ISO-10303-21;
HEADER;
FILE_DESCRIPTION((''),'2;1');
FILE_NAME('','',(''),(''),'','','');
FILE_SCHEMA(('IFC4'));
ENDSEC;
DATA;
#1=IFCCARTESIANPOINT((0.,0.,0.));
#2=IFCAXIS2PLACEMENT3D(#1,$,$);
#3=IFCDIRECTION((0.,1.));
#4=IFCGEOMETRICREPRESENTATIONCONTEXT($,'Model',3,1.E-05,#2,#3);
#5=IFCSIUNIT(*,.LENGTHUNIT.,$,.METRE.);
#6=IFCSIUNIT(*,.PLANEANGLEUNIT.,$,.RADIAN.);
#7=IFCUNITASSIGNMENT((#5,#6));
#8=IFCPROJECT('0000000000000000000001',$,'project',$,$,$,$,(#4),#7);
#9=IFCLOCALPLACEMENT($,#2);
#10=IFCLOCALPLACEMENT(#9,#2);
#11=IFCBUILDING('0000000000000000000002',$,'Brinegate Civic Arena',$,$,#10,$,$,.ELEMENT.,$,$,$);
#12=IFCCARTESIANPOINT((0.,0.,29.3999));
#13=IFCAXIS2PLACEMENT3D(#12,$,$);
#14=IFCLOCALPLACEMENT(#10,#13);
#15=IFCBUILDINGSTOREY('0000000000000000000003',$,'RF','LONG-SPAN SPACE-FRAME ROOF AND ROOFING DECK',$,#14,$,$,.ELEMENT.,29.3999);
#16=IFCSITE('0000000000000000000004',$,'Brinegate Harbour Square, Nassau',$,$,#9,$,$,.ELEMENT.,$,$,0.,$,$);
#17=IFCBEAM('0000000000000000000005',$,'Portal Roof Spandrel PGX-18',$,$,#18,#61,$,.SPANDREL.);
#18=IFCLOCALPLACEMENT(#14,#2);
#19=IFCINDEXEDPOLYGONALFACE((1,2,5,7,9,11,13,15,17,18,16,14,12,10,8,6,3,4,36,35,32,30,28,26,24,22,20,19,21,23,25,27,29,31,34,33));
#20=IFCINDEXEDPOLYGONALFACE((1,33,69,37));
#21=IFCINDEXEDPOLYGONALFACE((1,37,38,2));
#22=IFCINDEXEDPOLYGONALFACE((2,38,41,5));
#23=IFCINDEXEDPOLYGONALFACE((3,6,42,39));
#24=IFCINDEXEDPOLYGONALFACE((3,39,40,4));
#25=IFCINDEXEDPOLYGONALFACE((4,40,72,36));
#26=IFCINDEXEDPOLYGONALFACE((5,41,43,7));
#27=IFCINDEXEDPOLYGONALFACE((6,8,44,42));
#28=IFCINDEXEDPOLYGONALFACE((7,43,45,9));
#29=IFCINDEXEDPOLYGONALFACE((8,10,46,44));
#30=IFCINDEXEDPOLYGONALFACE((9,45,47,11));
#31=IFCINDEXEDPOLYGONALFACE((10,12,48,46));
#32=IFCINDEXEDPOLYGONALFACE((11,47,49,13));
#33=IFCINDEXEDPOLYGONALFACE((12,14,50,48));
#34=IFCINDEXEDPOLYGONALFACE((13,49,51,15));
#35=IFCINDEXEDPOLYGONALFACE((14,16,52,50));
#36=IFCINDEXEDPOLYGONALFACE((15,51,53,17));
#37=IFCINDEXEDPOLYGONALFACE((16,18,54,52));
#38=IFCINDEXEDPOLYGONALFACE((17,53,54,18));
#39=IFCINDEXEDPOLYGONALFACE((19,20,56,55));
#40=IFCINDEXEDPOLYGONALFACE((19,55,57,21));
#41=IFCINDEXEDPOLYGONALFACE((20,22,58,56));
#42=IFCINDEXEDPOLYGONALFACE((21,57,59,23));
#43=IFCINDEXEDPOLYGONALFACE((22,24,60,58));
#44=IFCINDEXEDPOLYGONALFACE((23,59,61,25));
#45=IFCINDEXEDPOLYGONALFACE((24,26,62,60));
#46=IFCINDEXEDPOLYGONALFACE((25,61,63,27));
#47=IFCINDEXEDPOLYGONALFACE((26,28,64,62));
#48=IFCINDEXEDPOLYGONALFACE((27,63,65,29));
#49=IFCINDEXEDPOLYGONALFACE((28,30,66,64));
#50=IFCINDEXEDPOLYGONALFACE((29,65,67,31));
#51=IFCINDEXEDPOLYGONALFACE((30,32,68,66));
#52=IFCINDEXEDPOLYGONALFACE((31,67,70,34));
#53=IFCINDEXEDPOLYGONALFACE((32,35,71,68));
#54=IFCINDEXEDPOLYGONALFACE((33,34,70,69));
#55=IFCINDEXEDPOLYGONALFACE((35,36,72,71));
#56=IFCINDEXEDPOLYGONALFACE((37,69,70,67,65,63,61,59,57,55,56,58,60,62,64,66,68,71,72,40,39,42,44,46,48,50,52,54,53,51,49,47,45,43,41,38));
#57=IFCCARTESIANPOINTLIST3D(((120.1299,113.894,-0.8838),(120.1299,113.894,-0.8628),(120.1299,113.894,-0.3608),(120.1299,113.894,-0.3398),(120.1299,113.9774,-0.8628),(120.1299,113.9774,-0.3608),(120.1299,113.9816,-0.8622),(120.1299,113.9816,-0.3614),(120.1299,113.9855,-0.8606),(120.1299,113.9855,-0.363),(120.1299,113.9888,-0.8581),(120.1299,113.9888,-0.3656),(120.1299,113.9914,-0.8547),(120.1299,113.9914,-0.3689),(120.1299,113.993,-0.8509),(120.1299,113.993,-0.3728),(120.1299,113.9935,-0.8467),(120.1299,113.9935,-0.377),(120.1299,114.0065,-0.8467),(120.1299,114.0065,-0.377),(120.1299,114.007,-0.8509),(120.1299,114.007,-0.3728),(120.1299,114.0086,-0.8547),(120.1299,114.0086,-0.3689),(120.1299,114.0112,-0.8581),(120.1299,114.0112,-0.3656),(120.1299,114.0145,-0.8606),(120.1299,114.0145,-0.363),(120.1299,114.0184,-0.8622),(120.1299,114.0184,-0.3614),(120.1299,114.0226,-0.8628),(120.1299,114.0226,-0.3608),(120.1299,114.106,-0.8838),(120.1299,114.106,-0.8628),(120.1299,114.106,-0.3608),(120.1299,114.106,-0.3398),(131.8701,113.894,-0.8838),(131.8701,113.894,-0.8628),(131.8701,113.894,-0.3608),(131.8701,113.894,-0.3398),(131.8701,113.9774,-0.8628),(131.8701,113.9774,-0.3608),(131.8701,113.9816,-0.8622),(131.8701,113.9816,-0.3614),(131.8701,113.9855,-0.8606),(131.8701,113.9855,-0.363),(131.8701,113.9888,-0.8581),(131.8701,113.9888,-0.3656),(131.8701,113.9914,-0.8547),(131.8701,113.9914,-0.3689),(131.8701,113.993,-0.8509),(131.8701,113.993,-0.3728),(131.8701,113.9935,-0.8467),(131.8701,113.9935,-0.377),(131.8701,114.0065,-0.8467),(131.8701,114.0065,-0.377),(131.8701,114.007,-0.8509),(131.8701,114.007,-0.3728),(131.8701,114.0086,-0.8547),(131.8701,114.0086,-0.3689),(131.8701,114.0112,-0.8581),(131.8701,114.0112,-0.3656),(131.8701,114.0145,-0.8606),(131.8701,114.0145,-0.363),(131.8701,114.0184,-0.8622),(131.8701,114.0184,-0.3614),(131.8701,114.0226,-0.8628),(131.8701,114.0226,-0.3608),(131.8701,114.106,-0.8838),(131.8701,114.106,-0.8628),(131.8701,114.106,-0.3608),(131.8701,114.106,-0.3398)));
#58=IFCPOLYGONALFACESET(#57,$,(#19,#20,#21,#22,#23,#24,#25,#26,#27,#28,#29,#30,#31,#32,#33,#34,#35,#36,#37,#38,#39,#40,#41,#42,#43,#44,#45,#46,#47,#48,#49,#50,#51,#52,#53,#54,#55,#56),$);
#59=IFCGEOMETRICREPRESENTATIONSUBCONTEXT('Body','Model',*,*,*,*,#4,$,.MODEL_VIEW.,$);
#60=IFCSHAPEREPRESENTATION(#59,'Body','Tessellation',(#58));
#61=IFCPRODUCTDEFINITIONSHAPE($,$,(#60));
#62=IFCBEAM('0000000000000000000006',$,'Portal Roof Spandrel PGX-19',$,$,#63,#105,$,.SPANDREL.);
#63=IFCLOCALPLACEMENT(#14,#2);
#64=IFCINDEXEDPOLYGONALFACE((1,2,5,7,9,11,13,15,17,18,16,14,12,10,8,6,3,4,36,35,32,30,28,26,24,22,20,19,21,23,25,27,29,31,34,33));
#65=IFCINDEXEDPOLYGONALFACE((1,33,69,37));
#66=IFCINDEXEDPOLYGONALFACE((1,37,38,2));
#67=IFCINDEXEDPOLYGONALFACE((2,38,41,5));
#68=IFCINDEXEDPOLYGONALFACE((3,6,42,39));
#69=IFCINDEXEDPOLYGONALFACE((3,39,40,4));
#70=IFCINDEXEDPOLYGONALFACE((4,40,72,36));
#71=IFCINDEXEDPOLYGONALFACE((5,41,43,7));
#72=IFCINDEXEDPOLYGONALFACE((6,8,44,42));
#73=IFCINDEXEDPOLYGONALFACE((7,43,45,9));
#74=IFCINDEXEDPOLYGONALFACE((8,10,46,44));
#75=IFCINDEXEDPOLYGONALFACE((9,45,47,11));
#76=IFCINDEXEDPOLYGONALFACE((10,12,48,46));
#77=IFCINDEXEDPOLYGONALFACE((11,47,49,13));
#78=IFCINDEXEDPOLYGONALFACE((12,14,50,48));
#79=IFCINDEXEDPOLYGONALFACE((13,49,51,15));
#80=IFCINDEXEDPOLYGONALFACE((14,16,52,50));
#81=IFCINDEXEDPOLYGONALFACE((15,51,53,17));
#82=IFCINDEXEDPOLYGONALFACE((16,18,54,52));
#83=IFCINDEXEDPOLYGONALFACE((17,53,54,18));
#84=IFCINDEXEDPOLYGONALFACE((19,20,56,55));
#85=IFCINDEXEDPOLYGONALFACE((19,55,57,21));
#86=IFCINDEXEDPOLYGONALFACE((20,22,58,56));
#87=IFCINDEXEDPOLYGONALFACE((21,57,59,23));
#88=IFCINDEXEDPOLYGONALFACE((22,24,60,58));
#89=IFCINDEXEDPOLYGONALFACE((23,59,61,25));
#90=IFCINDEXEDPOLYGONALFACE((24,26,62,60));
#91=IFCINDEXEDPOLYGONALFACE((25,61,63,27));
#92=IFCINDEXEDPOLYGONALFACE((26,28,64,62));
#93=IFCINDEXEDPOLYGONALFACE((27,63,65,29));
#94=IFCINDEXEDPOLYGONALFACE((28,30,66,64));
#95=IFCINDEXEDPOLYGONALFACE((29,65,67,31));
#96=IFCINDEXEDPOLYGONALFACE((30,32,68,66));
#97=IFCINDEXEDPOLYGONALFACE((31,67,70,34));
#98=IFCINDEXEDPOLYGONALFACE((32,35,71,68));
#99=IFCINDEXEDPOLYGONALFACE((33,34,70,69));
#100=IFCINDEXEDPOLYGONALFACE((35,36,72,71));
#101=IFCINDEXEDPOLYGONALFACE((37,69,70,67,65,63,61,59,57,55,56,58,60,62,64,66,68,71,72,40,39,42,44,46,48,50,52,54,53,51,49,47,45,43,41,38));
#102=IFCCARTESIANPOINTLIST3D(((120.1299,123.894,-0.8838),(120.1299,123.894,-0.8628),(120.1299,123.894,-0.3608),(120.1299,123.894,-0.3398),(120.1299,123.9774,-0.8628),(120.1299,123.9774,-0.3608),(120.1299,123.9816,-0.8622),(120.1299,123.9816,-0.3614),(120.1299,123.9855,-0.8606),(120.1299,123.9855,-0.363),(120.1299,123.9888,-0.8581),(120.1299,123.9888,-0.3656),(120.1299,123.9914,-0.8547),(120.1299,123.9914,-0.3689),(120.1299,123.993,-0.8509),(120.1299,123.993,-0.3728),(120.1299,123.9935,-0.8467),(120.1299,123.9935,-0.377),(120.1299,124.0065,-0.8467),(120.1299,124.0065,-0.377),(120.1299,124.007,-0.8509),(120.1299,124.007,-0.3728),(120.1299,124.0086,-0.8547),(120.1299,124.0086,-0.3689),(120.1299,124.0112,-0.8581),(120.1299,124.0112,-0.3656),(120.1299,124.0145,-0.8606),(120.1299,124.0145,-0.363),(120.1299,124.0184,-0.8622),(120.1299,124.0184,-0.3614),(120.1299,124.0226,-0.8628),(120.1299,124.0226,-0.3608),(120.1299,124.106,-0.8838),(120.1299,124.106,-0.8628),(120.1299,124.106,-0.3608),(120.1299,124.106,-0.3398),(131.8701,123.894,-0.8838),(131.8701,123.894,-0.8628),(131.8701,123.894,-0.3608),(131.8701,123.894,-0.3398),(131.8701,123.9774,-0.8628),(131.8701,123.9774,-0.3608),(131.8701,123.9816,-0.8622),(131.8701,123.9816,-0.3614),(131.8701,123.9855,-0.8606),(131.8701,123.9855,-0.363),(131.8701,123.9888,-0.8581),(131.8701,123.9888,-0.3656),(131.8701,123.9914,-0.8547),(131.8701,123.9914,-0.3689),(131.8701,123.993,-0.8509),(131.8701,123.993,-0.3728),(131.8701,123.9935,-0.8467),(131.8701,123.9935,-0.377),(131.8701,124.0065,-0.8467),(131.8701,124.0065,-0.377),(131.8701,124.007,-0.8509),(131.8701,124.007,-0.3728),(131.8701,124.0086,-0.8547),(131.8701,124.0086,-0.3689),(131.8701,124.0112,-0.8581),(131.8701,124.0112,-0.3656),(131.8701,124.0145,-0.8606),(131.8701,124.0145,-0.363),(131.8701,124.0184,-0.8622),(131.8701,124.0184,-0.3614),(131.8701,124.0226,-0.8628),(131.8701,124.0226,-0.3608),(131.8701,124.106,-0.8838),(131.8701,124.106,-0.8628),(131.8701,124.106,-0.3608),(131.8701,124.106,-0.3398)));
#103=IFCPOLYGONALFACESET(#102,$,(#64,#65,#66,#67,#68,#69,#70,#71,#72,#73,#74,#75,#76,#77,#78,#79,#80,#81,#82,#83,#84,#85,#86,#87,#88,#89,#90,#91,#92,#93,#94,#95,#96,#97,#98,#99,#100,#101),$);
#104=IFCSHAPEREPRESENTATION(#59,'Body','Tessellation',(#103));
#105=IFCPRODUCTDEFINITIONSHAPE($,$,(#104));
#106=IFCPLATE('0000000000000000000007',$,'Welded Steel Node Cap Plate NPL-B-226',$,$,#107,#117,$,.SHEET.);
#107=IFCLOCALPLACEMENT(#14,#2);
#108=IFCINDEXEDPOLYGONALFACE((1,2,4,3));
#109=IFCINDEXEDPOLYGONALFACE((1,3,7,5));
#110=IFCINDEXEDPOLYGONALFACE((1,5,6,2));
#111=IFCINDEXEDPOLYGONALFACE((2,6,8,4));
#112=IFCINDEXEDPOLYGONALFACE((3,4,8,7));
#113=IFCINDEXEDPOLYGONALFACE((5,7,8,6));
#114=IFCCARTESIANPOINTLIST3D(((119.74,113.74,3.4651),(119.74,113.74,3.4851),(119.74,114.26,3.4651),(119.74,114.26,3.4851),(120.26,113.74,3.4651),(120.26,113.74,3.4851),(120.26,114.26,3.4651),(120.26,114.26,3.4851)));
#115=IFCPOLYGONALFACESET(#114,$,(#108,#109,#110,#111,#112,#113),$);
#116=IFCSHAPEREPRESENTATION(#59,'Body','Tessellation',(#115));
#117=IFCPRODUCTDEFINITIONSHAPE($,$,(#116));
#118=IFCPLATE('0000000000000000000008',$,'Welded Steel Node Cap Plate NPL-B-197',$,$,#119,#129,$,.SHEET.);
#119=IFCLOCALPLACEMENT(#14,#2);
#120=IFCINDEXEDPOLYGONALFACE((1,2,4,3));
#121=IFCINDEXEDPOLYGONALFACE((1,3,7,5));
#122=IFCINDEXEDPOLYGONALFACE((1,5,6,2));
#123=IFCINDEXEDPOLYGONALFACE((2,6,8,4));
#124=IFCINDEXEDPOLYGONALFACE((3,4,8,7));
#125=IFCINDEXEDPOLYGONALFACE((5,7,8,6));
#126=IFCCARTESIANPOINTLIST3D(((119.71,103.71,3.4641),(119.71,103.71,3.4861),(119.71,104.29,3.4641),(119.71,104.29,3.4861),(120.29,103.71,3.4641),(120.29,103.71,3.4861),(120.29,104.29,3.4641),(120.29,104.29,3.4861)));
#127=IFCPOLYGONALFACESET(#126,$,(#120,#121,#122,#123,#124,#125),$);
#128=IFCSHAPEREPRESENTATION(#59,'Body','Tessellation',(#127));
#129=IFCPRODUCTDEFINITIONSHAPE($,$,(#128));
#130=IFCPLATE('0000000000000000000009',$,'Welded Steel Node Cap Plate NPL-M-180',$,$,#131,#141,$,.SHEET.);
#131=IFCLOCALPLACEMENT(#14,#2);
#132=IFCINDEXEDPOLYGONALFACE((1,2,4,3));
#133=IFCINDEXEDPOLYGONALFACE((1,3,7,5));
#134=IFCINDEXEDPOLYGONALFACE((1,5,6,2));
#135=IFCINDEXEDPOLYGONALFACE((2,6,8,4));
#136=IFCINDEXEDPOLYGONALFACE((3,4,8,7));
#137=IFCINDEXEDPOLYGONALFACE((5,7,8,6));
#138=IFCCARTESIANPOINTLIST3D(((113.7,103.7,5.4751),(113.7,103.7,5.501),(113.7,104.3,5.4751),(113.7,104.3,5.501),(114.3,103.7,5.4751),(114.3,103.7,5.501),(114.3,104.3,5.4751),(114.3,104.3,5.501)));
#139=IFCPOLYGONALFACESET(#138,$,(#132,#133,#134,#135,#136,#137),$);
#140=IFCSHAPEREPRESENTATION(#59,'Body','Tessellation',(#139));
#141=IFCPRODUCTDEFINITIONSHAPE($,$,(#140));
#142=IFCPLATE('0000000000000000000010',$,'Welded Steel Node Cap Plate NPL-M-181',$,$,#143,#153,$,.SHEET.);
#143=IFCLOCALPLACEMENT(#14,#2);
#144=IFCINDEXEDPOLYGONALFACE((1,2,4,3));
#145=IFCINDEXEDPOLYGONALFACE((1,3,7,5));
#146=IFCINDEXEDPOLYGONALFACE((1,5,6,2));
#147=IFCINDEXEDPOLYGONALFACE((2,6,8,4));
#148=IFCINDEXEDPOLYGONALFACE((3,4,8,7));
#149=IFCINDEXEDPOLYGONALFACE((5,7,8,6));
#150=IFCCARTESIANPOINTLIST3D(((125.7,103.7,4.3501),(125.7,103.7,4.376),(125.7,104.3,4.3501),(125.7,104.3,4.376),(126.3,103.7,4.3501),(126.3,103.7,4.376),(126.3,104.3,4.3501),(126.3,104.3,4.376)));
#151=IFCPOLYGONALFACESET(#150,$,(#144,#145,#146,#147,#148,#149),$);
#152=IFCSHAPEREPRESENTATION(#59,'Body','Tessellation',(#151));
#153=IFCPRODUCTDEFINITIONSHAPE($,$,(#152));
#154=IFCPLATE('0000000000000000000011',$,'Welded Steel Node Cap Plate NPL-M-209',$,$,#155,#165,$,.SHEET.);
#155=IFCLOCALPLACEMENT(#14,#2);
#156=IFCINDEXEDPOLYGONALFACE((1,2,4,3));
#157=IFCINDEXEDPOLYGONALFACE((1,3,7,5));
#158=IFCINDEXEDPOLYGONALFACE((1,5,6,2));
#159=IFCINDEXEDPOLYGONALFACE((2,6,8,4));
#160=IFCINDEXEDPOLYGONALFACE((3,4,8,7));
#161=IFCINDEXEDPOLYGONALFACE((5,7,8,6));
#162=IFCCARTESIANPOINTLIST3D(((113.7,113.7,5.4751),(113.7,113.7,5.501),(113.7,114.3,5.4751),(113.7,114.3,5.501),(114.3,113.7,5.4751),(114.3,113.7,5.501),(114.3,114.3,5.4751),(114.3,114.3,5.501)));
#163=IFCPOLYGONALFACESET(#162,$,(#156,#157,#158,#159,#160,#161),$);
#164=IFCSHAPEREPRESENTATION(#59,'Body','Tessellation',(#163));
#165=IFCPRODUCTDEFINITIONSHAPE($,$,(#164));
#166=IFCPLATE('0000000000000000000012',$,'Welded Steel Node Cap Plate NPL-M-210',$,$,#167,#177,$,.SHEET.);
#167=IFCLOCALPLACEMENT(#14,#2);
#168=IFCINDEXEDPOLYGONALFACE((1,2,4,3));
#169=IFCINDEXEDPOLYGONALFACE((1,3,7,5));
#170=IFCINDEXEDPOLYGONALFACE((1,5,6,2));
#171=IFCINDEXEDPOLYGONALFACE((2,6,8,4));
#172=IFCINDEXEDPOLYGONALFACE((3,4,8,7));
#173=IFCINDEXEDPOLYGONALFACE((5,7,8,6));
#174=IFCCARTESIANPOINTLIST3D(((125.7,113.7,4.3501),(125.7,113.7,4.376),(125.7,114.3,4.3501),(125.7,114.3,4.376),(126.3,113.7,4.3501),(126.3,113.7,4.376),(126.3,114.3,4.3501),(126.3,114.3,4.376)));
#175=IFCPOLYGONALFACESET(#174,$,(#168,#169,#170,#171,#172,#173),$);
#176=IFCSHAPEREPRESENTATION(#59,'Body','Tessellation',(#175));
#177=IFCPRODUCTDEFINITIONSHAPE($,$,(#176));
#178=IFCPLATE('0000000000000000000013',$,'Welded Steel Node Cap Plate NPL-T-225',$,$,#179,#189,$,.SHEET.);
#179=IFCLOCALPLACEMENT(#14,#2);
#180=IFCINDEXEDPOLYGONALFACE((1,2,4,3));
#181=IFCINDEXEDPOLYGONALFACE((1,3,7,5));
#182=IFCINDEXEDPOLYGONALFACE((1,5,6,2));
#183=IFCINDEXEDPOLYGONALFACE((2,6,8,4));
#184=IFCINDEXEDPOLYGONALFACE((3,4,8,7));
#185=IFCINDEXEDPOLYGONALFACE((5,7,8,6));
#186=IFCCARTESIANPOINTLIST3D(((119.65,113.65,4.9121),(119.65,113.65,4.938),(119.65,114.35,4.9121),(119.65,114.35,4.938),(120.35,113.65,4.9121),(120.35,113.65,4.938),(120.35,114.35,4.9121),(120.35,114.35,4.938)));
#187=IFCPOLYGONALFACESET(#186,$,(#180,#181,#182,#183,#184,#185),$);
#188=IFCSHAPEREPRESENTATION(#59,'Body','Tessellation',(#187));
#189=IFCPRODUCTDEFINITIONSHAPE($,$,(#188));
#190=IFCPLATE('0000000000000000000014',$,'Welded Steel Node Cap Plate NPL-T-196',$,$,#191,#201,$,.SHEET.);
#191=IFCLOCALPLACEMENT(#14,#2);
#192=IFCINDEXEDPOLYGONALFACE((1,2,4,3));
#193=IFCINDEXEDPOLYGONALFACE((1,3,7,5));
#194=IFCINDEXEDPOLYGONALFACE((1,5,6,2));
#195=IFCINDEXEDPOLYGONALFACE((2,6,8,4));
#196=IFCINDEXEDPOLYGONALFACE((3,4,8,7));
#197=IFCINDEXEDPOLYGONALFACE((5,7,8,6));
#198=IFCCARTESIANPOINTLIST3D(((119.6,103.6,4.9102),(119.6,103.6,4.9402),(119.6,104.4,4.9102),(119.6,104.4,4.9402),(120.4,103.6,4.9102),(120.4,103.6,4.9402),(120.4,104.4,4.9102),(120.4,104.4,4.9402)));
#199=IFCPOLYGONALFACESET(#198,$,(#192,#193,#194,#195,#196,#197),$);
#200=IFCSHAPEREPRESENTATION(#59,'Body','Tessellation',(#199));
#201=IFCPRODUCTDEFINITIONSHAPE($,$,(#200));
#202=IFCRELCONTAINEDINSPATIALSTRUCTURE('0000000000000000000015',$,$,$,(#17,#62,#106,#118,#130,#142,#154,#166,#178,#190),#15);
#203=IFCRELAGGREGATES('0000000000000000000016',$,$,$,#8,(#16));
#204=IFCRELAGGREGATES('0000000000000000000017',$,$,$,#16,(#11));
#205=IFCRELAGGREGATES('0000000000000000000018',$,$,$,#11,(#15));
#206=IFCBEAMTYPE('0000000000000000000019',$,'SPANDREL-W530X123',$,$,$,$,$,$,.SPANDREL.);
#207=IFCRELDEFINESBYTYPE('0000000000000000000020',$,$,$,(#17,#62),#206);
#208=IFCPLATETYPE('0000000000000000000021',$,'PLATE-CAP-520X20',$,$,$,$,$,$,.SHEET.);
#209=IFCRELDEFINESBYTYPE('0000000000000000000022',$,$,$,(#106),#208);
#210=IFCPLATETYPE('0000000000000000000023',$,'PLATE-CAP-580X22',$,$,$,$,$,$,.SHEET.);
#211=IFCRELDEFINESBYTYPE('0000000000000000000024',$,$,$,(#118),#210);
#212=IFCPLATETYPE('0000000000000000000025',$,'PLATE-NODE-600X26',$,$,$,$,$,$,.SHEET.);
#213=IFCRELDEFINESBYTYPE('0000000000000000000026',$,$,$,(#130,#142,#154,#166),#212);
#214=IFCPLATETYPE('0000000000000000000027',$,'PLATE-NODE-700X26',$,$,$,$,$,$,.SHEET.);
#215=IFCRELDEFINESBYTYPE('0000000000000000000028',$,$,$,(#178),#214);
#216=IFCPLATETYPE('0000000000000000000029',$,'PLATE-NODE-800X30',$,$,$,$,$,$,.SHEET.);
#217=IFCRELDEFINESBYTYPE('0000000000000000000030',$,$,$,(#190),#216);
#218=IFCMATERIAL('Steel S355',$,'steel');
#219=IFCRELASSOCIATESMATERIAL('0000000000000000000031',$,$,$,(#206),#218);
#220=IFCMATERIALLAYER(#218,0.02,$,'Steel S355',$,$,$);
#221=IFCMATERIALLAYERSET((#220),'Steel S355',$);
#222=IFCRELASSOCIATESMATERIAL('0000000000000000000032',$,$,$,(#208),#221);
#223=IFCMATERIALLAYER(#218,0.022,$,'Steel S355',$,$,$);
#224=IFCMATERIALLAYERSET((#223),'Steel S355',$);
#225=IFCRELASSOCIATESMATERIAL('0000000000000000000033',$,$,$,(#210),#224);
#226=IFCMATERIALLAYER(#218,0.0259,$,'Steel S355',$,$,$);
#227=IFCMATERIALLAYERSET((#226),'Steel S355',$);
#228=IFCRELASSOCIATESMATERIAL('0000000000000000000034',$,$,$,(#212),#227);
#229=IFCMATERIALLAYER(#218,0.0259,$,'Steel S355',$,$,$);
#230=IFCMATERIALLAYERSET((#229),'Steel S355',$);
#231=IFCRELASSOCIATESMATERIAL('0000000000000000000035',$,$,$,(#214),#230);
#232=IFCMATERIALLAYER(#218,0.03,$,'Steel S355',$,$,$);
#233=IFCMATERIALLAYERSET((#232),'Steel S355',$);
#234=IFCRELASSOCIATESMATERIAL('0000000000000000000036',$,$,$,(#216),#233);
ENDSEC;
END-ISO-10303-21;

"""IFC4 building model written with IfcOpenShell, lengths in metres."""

from ifc_helpers import new_model, si_unit, direction, frame, origin, origin_2d, place, context, subcontext, project, spatial, rectangle, i_section, extrude, material, layer, layer_set, material_profile, profile_set, type_object, element, save


model = new_model("IFC4")

# Units and contexts
model_context = context("Model", 3, precision=1e-05, world=origin(), true_north=direction((0.0, 1.0)))
body_context = subcontext(model_context, "Body", "Model", "MODEL_VIEW")
ifc_project = project(units=[si_unit("LENGTHUNIT", "METRE"), si_unit("PLANEANGLEUNIT", "RADIAN")], contexts=[model_context])

# Site, building, storey
site_placement = place(None, origin())
site = spatial("IfcSite", under=ifc_project, at=site_placement, Name="Brinegate Harbour Square, Nassau", CompositionType="ELEMENT", RefElevation=0.0)
building_placement = place(site_placement, origin())
building = spatial("IfcBuilding", under=site, at=building_placement, Name="Brinegate Civic Arena", CompositionType="ELEMENT")
storey_placement = place(building_placement, frame((0.0, 0.0, 29.3999)))
storey = spatial("IfcBuildingStorey", under=building, at=storey_placement, Name="RF", Description="LONG-SPAN SPACE-FRAME ROOF AND ROOFING DECK", CompositionType="ELEMENT", Elevation=29.3999)

# Shared definitions
ifc_material_1 = material(Name="Steel S355", Category="steel")

# Beams
ifc_material_profile_1 = material_profile(ifc_material_1, i_section(OverallWidth=0.2119, OverallDepth=0.5439, WebThickness=0.0129, FlangeThickness=0.021, FilletRadius=0.0161, at=origin_2d()), Name="W530X123")
ifc_profile_set_1 = profile_set([ifc_material_profile_1], Name="Steel S355")
beam_type_1 = type_object("IfcBeamType", Name="SPANDREL-W530X123", PredefinedType="SPANDREL", material=ifc_profile_set_1)
for number, where, z_axis, x_axis, name in (
    (1, (120.1299, 114.0, -0.6118), (1.0, 0.0, 0.0), (0.0, 1.0, 0.0), "Portal Roof Spandrel PGX-18"),
    (2, (120.1299, 124.0, -0.6118), (1.0, 0.0, 0.0), (0.0, 1.0, 0.0), "Portal Roof Spandrel PGX-19"),
):
    element("IfcBeam", number, at=place(storey_placement, frame(where, z_axis=z_axis, x_axis=x_axis)), inside=storey, type_object=beam_type_1, Name=name, PredefinedType="SPANDREL", context=body_context, shape_type="SweptSolid", body=[
        extrude(i_section(OverallWidth=0.2119, OverallDepth=0.5439, WebThickness=0.0129, FlangeThickness=0.021, FilletRadius=0.0161, at=origin_2d()), origin(), (0.0, 0.0, 1.0), 11.7402),
    ])

# Plates
ifc_layer_1 = layer(ifc_material_1, 0.02, Name="Steel S355")
ifc_layer_set_1 = layer_set([ifc_layer_1], Name="Steel S355")
plate_type_1 = type_object("IfcPlateType", Name="PLATE-CAP-520X20", PredefinedType="SHEET", material=ifc_layer_set_1)
plate_1_placement = place(storey_placement, frame((120.0, 114.0, 3.4651), z_axis=(0.0, 0.0, 1.0), x_axis=(1.0, 0.0, 0.0)))
element("IfcPlate", 3, at=plate_1_placement, inside=storey, type_object=plate_type_1, Name="Welded Steel Node Cap Plate NPL-B-226", PredefinedType="SHEET", context=body_context, shape_type="SweptSolid", body=[
    extrude(rectangle(XDim=0.52, YDim=0.52, at=origin_2d()), origin(), (0.0, 0.0, 1.0), 0.02),
])
ifc_layer_2 = layer(ifc_material_1, 0.022, Name="Steel S355")
ifc_layer_set_2 = layer_set([ifc_layer_2], Name="Steel S355")
plate_type_2 = type_object("IfcPlateType", Name="PLATE-CAP-580X22", PredefinedType="SHEET", material=ifc_layer_set_2)
plate_2_placement = place(storey_placement, frame((120.0, 104.0, 3.4641), z_axis=(0.0, 0.0, 1.0), x_axis=(1.0, 0.0, 0.0)))
element("IfcPlate", 4, at=plate_2_placement, inside=storey, type_object=plate_type_2, Name="Welded Steel Node Cap Plate NPL-B-197", PredefinedType="SHEET", context=body_context, shape_type="SweptSolid", body=[
    extrude(rectangle(XDim=0.5801, YDim=0.5801, at=origin_2d()), origin(), (0.0, 0.0, 1.0), 0.022),
])
ifc_layer_3 = layer(ifc_material_1, 0.0259, Name="Steel S355")
ifc_layer_set_3 = layer_set([ifc_layer_3], Name="Steel S355")
plate_type_3 = type_object("IfcPlateType", Name="PLATE-NODE-600X26", PredefinedType="SHEET", material=ifc_layer_set_3)
for number, where, z_axis, x_axis, name in (
    (5, (114.0, 104.0, 5.4751), (0.0, 0.0, 1.0), (1.0, 0.0, 0.0), "Welded Steel Node Cap Plate NPL-M-180"),
    (6, (126.0, 104.0, 4.3501), (0.0, 0.0, 1.0), (1.0, 0.0, 0.0), "Welded Steel Node Cap Plate NPL-M-181"),
    (7, (114.0, 114.0, 5.4751), (0.0, 0.0, 1.0), (1.0, 0.0, 0.0), "Welded Steel Node Cap Plate NPL-M-209"),
    (8, (126.0, 114.0, 4.3501), (0.0, 0.0, 1.0), (1.0, 0.0, 0.0), "Welded Steel Node Cap Plate NPL-M-210"),
):
    element("IfcPlate", number, at=place(storey_placement, frame(where, z_axis=z_axis, x_axis=x_axis)), inside=storey, type_object=plate_type_3, Name=name, PredefinedType="SHEET", context=body_context, shape_type="SweptSolid", body=[
        extrude(rectangle(XDim=0.6001, YDim=0.6001, at=origin_2d()), origin(), (0.0, 0.0, 1.0), 0.0259),
    ])
ifc_layer_4 = layer(ifc_material_1, 0.0259, Name="Steel S355")
ifc_layer_set_4 = layer_set([ifc_layer_4], Name="Steel S355")
plate_type_4 = type_object("IfcPlateType", Name="PLATE-NODE-700X26", PredefinedType="SHEET", material=ifc_layer_set_4)
plate_3_placement = place(storey_placement, frame((120.0, 114.0, 4.9121), z_axis=(0.0, 0.0, 1.0), x_axis=(1.0, 0.0, 0.0)))
element("IfcPlate", 9, at=plate_3_placement, inside=storey, type_object=plate_type_4, Name="Welded Steel Node Cap Plate NPL-T-225", PredefinedType="SHEET", context=body_context, shape_type="SweptSolid", body=[
    extrude(rectangle(XDim=0.7, YDim=0.7, at=origin_2d()), origin(), (0.0, 0.0, 1.0), 0.0259),
])
ifc_layer_5 = layer(ifc_material_1, 0.03, Name="Steel S355")
ifc_layer_set_5 = layer_set([ifc_layer_5], Name="Steel S355")
plate_type_5 = type_object("IfcPlateType", Name="PLATE-NODE-800X30", PredefinedType="SHEET", material=ifc_layer_set_5)
plate_4_placement = place(storey_placement, frame((120.0, 104.0, 4.9102), z_axis=(0.0, 0.0, 1.0), x_axis=(1.0, 0.0, 0.0)))
element("IfcPlate", 10, at=plate_4_placement, inside=storey, type_object=plate_type_5, Name="Welded Steel Node Cap Plate NPL-T-196", PredefinedType="SHEET", context=body_context, shape_type="SweptSolid", body=[
    extrude(rectangle(XDim=0.8, YDim=0.8, at=origin_2d()), origin(), (0.0, 0.0, 1.0), 0.03),
])

save(model, "model.ifc")
